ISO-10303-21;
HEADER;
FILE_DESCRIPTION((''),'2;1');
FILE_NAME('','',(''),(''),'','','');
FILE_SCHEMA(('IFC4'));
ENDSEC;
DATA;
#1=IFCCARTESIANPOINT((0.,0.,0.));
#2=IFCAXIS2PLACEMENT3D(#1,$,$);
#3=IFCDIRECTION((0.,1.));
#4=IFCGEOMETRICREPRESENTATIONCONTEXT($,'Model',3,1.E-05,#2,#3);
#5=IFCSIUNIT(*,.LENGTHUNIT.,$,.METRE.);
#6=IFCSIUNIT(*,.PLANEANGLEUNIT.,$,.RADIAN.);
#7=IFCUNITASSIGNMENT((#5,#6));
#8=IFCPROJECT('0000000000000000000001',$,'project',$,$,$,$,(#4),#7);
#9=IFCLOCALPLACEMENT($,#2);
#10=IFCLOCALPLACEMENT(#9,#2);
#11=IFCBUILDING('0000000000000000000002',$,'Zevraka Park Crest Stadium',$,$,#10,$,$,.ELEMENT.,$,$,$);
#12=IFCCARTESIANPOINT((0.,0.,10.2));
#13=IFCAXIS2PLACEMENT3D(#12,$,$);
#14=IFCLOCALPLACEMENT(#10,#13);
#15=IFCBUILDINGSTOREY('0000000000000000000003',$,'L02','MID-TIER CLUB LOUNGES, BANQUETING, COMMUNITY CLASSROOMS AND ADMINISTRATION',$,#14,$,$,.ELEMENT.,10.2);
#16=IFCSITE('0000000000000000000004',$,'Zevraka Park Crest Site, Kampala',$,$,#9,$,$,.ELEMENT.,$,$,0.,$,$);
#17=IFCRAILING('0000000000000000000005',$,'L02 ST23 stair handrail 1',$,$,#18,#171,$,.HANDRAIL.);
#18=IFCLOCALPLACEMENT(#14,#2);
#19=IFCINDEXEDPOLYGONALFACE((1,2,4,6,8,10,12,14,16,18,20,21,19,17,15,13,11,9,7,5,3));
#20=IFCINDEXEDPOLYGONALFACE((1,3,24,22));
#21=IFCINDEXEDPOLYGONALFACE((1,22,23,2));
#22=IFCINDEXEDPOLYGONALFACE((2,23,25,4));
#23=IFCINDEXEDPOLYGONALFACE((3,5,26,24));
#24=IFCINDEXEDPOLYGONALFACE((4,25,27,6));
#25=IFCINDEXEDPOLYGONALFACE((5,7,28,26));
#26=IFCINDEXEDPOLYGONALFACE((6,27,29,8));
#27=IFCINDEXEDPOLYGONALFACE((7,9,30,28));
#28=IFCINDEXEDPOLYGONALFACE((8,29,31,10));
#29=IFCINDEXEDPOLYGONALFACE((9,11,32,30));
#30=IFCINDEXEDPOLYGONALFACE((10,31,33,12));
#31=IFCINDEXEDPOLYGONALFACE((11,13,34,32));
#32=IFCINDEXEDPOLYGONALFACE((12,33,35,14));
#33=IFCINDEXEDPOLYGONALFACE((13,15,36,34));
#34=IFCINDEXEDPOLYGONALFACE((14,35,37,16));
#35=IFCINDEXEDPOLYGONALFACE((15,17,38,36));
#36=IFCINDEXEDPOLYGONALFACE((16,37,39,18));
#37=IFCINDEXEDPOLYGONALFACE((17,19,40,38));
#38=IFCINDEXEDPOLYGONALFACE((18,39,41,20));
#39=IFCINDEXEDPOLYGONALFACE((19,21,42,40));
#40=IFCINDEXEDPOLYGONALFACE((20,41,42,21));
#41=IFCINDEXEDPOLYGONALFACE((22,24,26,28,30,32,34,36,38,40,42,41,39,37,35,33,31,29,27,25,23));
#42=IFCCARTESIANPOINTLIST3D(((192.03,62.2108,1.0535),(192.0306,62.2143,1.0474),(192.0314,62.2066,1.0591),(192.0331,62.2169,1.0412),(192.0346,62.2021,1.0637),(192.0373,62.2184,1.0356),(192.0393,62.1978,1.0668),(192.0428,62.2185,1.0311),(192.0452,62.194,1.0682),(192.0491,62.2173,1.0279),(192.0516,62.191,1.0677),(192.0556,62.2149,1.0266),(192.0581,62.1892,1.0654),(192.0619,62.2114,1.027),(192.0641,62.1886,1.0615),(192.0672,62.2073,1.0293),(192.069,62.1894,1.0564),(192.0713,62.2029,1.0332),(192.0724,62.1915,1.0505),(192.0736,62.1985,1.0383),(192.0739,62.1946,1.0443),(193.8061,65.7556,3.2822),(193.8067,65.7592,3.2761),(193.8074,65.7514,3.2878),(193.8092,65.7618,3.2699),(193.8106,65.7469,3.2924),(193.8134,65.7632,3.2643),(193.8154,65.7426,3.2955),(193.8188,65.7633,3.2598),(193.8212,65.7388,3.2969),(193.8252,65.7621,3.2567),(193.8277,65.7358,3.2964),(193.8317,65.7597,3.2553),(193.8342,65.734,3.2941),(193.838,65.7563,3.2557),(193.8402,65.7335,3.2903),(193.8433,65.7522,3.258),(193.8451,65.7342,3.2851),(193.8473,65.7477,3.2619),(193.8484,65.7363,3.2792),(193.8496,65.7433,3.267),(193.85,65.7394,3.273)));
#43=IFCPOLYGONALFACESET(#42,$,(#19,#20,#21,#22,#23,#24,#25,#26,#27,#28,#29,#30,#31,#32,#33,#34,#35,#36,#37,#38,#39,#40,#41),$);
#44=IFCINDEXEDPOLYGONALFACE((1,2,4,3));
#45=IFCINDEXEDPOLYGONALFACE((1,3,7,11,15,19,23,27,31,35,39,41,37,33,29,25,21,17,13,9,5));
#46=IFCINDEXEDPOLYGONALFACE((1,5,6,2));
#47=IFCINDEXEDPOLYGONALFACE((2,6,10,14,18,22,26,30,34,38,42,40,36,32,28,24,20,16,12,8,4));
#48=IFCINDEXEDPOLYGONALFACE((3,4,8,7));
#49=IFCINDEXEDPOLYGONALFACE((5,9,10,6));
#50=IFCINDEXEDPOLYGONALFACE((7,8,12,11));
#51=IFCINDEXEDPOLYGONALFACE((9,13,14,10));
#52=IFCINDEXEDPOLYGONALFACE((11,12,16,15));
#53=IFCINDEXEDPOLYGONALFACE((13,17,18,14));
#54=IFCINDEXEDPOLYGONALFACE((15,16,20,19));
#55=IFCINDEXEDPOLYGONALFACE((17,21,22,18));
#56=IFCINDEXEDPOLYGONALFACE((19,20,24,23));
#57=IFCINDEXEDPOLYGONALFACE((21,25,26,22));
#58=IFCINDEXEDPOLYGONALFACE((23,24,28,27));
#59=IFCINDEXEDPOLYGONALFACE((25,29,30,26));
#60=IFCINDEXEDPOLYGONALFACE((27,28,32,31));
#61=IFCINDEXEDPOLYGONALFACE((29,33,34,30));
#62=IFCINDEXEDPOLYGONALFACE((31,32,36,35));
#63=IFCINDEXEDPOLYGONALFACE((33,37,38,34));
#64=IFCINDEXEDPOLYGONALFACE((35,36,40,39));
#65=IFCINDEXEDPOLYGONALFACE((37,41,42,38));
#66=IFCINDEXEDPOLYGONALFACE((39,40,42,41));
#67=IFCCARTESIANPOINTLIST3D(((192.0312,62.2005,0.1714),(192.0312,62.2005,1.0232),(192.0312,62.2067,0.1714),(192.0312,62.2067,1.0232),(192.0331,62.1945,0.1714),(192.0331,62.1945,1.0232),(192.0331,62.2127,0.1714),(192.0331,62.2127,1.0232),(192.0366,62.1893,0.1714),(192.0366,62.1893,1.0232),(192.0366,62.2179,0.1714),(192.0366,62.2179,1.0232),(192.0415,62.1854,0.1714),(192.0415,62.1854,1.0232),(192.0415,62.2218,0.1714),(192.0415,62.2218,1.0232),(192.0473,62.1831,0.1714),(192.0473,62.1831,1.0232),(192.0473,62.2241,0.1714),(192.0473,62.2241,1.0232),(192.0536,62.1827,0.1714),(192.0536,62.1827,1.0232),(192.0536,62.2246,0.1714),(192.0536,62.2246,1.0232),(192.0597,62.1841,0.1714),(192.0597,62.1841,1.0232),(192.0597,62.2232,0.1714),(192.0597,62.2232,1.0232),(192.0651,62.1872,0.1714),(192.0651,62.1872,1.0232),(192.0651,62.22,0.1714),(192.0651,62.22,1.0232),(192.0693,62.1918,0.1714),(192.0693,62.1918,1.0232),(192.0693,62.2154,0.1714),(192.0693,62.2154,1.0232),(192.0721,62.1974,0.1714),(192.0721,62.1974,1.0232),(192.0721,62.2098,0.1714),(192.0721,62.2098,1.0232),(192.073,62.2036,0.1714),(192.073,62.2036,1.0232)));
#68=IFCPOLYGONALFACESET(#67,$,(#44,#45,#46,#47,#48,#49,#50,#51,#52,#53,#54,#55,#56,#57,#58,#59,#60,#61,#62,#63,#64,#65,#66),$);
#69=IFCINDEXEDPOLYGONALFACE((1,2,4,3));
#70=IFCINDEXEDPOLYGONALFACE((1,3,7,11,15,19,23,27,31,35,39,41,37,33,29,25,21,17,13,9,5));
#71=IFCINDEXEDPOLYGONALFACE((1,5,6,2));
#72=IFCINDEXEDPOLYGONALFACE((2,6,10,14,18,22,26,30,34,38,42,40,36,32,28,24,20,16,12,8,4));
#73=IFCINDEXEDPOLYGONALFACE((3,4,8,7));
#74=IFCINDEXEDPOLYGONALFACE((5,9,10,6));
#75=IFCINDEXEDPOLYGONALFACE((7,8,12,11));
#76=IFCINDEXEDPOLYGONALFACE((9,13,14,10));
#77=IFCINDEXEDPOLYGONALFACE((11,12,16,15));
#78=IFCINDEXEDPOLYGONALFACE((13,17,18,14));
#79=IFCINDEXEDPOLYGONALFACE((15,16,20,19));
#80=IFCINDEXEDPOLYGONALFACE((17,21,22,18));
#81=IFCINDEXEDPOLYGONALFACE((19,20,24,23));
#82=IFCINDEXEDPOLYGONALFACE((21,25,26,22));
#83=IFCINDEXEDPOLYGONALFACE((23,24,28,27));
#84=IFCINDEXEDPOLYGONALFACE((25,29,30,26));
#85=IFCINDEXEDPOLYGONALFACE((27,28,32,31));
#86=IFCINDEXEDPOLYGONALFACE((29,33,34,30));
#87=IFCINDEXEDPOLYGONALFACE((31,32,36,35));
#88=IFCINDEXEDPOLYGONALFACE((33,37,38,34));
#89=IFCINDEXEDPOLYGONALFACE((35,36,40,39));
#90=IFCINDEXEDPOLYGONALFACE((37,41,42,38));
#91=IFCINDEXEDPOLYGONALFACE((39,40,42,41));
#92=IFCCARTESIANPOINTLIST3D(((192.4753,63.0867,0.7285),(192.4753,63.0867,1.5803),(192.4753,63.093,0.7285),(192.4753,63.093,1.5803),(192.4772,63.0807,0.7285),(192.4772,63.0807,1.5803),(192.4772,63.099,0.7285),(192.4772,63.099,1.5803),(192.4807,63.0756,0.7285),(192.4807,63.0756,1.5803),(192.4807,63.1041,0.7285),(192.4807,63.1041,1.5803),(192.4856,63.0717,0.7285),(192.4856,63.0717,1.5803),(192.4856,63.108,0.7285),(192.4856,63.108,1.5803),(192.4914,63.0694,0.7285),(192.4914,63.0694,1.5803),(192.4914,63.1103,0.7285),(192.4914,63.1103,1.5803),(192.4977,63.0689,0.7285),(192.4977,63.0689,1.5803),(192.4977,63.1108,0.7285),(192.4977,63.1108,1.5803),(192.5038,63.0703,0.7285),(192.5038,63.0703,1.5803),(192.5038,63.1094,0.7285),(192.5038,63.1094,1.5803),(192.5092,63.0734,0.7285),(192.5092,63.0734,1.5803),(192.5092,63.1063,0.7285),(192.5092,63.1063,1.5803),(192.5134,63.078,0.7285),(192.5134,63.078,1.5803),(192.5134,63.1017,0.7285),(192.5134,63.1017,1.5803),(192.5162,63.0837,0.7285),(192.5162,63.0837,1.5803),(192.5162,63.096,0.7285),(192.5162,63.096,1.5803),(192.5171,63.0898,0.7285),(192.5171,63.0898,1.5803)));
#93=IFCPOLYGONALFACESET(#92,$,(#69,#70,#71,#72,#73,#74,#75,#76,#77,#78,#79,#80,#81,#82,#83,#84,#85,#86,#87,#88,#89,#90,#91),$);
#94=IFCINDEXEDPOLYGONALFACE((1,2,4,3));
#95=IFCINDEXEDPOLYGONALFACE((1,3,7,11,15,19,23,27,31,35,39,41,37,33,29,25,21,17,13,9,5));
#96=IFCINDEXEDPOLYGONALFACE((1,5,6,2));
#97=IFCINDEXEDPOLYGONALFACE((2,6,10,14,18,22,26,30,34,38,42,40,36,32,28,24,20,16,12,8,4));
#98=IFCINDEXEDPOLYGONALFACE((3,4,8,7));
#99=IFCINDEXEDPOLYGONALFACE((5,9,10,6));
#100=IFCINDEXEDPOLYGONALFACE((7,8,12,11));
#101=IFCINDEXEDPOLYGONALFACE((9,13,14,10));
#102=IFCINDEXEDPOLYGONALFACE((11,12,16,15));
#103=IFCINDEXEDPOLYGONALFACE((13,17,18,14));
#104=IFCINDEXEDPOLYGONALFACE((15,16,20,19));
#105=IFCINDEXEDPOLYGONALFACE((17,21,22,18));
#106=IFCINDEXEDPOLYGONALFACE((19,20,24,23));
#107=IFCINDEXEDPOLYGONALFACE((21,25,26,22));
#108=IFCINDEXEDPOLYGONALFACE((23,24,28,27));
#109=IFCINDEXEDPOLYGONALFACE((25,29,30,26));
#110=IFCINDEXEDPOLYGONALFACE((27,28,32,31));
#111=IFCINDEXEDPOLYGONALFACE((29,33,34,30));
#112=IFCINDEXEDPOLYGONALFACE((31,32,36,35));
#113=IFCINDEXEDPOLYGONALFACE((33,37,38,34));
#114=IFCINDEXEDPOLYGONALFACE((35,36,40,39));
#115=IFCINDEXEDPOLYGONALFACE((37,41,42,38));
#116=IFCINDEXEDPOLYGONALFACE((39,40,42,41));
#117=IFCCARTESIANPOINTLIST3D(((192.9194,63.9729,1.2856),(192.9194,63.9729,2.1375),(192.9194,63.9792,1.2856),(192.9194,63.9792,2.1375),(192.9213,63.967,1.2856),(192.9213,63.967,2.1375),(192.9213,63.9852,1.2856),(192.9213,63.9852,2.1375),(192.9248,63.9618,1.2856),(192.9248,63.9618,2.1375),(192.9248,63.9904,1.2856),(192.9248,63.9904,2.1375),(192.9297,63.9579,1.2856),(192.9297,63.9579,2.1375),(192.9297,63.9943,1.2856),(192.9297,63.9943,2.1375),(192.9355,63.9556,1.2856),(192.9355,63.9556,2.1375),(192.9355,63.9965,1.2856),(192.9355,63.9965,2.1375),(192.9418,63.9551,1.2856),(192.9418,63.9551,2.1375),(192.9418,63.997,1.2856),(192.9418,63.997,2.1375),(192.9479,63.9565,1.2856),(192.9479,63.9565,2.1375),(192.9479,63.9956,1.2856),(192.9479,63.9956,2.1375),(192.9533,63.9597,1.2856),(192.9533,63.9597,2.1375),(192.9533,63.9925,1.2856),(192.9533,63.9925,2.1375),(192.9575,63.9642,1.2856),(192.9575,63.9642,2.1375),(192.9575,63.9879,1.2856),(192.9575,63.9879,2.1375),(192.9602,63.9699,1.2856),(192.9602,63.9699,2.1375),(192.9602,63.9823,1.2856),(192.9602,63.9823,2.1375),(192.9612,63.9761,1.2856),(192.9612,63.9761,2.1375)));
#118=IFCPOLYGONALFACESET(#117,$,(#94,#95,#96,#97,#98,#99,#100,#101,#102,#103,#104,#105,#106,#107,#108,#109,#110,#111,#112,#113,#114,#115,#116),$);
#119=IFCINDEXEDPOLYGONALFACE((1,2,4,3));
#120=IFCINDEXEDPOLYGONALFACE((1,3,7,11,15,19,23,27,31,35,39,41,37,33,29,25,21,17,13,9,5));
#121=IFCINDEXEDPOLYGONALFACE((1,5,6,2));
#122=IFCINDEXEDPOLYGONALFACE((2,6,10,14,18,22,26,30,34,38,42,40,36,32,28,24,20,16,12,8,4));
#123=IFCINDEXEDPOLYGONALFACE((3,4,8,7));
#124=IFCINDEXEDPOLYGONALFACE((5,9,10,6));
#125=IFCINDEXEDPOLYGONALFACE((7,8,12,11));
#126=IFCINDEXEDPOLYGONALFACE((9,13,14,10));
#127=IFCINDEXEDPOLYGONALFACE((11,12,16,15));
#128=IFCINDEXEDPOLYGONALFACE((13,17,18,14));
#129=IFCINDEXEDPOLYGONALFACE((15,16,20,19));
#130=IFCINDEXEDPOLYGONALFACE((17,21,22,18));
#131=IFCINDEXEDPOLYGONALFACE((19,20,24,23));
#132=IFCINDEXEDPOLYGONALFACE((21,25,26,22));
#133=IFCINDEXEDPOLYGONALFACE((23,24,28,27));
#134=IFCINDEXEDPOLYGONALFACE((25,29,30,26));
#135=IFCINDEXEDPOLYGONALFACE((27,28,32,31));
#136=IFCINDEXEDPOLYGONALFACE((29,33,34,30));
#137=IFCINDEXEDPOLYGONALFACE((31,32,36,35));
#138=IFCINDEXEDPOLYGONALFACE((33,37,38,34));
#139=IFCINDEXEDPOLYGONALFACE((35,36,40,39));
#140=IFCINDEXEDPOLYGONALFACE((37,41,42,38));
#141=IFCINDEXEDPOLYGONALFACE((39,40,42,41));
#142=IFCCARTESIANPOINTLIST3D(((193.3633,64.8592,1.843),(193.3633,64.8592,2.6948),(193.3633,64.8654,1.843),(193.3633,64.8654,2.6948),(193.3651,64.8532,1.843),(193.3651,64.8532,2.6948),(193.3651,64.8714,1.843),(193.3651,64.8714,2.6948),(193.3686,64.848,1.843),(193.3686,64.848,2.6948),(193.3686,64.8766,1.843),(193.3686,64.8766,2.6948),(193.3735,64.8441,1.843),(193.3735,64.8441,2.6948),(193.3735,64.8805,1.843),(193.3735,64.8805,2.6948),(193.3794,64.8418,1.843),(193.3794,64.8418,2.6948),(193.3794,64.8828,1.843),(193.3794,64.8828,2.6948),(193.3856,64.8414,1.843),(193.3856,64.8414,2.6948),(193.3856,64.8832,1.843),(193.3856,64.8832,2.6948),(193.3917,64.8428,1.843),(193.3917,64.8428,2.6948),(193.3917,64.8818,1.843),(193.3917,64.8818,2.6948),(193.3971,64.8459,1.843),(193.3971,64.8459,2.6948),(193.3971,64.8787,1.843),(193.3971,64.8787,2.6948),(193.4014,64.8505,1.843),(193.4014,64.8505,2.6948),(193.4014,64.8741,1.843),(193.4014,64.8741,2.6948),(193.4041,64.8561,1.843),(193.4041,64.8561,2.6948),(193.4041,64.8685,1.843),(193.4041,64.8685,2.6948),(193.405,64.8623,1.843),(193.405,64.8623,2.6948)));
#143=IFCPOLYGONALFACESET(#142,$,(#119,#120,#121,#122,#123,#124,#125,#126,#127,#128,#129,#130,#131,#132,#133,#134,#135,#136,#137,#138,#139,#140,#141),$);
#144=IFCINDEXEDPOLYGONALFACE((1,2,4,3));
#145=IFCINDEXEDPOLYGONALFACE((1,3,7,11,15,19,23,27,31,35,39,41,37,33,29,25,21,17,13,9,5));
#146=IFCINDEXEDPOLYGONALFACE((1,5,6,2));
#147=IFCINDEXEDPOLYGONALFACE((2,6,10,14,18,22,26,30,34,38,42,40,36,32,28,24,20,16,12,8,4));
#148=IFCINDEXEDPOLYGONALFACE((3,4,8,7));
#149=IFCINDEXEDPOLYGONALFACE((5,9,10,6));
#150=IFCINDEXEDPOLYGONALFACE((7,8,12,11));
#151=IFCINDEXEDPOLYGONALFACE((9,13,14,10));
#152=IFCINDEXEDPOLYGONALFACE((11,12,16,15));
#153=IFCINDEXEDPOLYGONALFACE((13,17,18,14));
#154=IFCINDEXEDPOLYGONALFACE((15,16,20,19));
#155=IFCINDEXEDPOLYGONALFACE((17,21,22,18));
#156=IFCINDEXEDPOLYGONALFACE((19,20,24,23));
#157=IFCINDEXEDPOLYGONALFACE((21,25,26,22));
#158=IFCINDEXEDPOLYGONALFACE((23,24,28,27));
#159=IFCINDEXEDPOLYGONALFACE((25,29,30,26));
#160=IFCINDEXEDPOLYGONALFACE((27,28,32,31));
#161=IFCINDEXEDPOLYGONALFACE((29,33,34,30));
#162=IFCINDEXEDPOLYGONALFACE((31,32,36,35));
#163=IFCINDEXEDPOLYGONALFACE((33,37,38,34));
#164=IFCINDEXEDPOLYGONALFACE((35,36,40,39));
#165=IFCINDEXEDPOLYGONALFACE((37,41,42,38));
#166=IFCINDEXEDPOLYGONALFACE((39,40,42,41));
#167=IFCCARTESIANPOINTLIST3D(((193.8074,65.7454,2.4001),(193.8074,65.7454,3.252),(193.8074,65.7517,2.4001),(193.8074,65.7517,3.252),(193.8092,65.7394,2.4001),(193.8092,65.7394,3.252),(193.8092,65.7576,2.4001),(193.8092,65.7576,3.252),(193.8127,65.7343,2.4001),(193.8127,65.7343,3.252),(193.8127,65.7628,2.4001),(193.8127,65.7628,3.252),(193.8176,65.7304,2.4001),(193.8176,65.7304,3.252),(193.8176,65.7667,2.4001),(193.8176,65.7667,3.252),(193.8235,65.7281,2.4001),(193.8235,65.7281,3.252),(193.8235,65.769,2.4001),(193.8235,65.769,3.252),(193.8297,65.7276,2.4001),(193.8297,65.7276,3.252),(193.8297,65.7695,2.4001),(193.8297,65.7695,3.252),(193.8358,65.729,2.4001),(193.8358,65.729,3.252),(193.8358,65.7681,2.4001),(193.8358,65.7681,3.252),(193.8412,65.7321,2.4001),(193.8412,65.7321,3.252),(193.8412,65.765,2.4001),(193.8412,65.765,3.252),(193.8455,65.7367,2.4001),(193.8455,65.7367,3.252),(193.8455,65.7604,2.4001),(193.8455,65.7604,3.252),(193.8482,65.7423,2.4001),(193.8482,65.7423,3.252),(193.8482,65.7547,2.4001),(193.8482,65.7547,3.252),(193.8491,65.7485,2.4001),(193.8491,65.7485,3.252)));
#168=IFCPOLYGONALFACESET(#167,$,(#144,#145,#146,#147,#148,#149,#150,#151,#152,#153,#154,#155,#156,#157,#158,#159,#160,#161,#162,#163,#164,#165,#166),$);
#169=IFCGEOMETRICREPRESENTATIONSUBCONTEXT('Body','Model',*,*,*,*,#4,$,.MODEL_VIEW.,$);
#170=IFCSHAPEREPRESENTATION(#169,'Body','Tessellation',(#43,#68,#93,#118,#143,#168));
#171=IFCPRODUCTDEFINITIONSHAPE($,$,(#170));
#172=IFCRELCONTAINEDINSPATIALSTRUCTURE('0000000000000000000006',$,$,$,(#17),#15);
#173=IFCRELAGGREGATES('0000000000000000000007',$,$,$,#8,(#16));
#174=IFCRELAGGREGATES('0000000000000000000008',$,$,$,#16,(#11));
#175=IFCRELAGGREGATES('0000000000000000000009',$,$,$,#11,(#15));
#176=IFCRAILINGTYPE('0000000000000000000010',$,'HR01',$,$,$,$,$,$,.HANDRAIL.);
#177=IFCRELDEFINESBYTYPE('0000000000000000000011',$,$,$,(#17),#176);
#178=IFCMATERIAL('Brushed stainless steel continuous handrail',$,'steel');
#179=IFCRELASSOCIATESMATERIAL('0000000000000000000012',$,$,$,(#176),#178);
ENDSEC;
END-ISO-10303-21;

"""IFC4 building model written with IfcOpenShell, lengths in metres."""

from ifc_helpers import new_model, si_unit, direction, frame, origin, origin_2d, place, context, subcontext, project, spatial, circle, extrude, material, type_object, element, save


model = new_model("IFC4")

# Units and contexts
model_context = context("Model", 3, precision=1e-05, world=origin(), true_north=direction((0.0, 1.0)))
body_context = subcontext(model_context, "Body", "Model", "MODEL_VIEW")
ifc_project = project(units=[si_unit("LENGTHUNIT", "METRE"), si_unit("PLANEANGLEUNIT", "RADIAN")], contexts=[model_context])

# Site, building, storey
site_placement = place(None, origin())
site = spatial("IfcSite", under=ifc_project, at=site_placement, Name="Zevraka Park Crest Site, Kampala", CompositionType="ELEMENT", RefElevation=0.0)
building_placement = place(site_placement, origin())
building = spatial("IfcBuilding", under=site, at=building_placement, Name="Zevraka Park Crest Stadium", CompositionType="ELEMENT")
storey_placement = place(building_placement, frame((0.0, 0.0, 10.2)))
storey = spatial("IfcBuildingStorey", under=building, at=storey_placement, Name="L02", Description="MID-TIER CLUB LOUNGES, BANQUETING, COMMUNITY CLASSROOMS AND ADMINISTRATION", CompositionType="ELEMENT", Elevation=10.2)

# Railing
ifc_material_1 = material(Name="Brushed stainless steel continuous handrail", Category="steel")
railing_type_1 = type_object("IfcRailingType", Name="HR01", PredefinedType="HANDRAIL", material=ifc_material_1)
railing_1_placement = place(storey_placement, frame((192.052, 62.2036, 0.1714)))
element("IfcRailing", 1, at=railing_1_placement, inside=storey, type_object=railing_type_1, Name="L02 ST23 stair handrail 1", PredefinedType="HANDRAIL", context=body_context, shape_type="SweptSolid", body=[
    extrude(circle(Radius=0.0239, at=origin_2d()), frame((0.0, 0.0, 0.876), z_axis=(0.390489, 0.779368, 0.490004), x_axis=(-0.894057, 0.447952, 0.0)), (0.0, 0.0, 1.0), 4.5483),
    extrude(circle(Radius=0.021, at=origin_2d()), origin(), (0.0, 0.0, 1.0), 0.8518),
    extrude(circle(Radius=0.021, at=origin_2d()), frame((0.4441, 0.8862, 0.5571)), (0.0, 0.0, 1.0), 0.8518),
    extrude(circle(Radius=0.021, at=origin_2d()), frame((0.8882, 1.7725, 1.1143)), (0.0, 0.0, 1.0), 0.8518),
    extrude(circle(Radius=0.021, at=origin_2d()), frame((1.332, 2.6587, 1.6716)), (0.0, 0.0, 1.0), 0.8518),
    extrude(circle(Radius=0.021, at=origin_2d()), frame((1.7761, 3.5449, 2.2288)), (0.0, 0.0, 1.0), 0.8518),
])

save(model, "model.ifc")
